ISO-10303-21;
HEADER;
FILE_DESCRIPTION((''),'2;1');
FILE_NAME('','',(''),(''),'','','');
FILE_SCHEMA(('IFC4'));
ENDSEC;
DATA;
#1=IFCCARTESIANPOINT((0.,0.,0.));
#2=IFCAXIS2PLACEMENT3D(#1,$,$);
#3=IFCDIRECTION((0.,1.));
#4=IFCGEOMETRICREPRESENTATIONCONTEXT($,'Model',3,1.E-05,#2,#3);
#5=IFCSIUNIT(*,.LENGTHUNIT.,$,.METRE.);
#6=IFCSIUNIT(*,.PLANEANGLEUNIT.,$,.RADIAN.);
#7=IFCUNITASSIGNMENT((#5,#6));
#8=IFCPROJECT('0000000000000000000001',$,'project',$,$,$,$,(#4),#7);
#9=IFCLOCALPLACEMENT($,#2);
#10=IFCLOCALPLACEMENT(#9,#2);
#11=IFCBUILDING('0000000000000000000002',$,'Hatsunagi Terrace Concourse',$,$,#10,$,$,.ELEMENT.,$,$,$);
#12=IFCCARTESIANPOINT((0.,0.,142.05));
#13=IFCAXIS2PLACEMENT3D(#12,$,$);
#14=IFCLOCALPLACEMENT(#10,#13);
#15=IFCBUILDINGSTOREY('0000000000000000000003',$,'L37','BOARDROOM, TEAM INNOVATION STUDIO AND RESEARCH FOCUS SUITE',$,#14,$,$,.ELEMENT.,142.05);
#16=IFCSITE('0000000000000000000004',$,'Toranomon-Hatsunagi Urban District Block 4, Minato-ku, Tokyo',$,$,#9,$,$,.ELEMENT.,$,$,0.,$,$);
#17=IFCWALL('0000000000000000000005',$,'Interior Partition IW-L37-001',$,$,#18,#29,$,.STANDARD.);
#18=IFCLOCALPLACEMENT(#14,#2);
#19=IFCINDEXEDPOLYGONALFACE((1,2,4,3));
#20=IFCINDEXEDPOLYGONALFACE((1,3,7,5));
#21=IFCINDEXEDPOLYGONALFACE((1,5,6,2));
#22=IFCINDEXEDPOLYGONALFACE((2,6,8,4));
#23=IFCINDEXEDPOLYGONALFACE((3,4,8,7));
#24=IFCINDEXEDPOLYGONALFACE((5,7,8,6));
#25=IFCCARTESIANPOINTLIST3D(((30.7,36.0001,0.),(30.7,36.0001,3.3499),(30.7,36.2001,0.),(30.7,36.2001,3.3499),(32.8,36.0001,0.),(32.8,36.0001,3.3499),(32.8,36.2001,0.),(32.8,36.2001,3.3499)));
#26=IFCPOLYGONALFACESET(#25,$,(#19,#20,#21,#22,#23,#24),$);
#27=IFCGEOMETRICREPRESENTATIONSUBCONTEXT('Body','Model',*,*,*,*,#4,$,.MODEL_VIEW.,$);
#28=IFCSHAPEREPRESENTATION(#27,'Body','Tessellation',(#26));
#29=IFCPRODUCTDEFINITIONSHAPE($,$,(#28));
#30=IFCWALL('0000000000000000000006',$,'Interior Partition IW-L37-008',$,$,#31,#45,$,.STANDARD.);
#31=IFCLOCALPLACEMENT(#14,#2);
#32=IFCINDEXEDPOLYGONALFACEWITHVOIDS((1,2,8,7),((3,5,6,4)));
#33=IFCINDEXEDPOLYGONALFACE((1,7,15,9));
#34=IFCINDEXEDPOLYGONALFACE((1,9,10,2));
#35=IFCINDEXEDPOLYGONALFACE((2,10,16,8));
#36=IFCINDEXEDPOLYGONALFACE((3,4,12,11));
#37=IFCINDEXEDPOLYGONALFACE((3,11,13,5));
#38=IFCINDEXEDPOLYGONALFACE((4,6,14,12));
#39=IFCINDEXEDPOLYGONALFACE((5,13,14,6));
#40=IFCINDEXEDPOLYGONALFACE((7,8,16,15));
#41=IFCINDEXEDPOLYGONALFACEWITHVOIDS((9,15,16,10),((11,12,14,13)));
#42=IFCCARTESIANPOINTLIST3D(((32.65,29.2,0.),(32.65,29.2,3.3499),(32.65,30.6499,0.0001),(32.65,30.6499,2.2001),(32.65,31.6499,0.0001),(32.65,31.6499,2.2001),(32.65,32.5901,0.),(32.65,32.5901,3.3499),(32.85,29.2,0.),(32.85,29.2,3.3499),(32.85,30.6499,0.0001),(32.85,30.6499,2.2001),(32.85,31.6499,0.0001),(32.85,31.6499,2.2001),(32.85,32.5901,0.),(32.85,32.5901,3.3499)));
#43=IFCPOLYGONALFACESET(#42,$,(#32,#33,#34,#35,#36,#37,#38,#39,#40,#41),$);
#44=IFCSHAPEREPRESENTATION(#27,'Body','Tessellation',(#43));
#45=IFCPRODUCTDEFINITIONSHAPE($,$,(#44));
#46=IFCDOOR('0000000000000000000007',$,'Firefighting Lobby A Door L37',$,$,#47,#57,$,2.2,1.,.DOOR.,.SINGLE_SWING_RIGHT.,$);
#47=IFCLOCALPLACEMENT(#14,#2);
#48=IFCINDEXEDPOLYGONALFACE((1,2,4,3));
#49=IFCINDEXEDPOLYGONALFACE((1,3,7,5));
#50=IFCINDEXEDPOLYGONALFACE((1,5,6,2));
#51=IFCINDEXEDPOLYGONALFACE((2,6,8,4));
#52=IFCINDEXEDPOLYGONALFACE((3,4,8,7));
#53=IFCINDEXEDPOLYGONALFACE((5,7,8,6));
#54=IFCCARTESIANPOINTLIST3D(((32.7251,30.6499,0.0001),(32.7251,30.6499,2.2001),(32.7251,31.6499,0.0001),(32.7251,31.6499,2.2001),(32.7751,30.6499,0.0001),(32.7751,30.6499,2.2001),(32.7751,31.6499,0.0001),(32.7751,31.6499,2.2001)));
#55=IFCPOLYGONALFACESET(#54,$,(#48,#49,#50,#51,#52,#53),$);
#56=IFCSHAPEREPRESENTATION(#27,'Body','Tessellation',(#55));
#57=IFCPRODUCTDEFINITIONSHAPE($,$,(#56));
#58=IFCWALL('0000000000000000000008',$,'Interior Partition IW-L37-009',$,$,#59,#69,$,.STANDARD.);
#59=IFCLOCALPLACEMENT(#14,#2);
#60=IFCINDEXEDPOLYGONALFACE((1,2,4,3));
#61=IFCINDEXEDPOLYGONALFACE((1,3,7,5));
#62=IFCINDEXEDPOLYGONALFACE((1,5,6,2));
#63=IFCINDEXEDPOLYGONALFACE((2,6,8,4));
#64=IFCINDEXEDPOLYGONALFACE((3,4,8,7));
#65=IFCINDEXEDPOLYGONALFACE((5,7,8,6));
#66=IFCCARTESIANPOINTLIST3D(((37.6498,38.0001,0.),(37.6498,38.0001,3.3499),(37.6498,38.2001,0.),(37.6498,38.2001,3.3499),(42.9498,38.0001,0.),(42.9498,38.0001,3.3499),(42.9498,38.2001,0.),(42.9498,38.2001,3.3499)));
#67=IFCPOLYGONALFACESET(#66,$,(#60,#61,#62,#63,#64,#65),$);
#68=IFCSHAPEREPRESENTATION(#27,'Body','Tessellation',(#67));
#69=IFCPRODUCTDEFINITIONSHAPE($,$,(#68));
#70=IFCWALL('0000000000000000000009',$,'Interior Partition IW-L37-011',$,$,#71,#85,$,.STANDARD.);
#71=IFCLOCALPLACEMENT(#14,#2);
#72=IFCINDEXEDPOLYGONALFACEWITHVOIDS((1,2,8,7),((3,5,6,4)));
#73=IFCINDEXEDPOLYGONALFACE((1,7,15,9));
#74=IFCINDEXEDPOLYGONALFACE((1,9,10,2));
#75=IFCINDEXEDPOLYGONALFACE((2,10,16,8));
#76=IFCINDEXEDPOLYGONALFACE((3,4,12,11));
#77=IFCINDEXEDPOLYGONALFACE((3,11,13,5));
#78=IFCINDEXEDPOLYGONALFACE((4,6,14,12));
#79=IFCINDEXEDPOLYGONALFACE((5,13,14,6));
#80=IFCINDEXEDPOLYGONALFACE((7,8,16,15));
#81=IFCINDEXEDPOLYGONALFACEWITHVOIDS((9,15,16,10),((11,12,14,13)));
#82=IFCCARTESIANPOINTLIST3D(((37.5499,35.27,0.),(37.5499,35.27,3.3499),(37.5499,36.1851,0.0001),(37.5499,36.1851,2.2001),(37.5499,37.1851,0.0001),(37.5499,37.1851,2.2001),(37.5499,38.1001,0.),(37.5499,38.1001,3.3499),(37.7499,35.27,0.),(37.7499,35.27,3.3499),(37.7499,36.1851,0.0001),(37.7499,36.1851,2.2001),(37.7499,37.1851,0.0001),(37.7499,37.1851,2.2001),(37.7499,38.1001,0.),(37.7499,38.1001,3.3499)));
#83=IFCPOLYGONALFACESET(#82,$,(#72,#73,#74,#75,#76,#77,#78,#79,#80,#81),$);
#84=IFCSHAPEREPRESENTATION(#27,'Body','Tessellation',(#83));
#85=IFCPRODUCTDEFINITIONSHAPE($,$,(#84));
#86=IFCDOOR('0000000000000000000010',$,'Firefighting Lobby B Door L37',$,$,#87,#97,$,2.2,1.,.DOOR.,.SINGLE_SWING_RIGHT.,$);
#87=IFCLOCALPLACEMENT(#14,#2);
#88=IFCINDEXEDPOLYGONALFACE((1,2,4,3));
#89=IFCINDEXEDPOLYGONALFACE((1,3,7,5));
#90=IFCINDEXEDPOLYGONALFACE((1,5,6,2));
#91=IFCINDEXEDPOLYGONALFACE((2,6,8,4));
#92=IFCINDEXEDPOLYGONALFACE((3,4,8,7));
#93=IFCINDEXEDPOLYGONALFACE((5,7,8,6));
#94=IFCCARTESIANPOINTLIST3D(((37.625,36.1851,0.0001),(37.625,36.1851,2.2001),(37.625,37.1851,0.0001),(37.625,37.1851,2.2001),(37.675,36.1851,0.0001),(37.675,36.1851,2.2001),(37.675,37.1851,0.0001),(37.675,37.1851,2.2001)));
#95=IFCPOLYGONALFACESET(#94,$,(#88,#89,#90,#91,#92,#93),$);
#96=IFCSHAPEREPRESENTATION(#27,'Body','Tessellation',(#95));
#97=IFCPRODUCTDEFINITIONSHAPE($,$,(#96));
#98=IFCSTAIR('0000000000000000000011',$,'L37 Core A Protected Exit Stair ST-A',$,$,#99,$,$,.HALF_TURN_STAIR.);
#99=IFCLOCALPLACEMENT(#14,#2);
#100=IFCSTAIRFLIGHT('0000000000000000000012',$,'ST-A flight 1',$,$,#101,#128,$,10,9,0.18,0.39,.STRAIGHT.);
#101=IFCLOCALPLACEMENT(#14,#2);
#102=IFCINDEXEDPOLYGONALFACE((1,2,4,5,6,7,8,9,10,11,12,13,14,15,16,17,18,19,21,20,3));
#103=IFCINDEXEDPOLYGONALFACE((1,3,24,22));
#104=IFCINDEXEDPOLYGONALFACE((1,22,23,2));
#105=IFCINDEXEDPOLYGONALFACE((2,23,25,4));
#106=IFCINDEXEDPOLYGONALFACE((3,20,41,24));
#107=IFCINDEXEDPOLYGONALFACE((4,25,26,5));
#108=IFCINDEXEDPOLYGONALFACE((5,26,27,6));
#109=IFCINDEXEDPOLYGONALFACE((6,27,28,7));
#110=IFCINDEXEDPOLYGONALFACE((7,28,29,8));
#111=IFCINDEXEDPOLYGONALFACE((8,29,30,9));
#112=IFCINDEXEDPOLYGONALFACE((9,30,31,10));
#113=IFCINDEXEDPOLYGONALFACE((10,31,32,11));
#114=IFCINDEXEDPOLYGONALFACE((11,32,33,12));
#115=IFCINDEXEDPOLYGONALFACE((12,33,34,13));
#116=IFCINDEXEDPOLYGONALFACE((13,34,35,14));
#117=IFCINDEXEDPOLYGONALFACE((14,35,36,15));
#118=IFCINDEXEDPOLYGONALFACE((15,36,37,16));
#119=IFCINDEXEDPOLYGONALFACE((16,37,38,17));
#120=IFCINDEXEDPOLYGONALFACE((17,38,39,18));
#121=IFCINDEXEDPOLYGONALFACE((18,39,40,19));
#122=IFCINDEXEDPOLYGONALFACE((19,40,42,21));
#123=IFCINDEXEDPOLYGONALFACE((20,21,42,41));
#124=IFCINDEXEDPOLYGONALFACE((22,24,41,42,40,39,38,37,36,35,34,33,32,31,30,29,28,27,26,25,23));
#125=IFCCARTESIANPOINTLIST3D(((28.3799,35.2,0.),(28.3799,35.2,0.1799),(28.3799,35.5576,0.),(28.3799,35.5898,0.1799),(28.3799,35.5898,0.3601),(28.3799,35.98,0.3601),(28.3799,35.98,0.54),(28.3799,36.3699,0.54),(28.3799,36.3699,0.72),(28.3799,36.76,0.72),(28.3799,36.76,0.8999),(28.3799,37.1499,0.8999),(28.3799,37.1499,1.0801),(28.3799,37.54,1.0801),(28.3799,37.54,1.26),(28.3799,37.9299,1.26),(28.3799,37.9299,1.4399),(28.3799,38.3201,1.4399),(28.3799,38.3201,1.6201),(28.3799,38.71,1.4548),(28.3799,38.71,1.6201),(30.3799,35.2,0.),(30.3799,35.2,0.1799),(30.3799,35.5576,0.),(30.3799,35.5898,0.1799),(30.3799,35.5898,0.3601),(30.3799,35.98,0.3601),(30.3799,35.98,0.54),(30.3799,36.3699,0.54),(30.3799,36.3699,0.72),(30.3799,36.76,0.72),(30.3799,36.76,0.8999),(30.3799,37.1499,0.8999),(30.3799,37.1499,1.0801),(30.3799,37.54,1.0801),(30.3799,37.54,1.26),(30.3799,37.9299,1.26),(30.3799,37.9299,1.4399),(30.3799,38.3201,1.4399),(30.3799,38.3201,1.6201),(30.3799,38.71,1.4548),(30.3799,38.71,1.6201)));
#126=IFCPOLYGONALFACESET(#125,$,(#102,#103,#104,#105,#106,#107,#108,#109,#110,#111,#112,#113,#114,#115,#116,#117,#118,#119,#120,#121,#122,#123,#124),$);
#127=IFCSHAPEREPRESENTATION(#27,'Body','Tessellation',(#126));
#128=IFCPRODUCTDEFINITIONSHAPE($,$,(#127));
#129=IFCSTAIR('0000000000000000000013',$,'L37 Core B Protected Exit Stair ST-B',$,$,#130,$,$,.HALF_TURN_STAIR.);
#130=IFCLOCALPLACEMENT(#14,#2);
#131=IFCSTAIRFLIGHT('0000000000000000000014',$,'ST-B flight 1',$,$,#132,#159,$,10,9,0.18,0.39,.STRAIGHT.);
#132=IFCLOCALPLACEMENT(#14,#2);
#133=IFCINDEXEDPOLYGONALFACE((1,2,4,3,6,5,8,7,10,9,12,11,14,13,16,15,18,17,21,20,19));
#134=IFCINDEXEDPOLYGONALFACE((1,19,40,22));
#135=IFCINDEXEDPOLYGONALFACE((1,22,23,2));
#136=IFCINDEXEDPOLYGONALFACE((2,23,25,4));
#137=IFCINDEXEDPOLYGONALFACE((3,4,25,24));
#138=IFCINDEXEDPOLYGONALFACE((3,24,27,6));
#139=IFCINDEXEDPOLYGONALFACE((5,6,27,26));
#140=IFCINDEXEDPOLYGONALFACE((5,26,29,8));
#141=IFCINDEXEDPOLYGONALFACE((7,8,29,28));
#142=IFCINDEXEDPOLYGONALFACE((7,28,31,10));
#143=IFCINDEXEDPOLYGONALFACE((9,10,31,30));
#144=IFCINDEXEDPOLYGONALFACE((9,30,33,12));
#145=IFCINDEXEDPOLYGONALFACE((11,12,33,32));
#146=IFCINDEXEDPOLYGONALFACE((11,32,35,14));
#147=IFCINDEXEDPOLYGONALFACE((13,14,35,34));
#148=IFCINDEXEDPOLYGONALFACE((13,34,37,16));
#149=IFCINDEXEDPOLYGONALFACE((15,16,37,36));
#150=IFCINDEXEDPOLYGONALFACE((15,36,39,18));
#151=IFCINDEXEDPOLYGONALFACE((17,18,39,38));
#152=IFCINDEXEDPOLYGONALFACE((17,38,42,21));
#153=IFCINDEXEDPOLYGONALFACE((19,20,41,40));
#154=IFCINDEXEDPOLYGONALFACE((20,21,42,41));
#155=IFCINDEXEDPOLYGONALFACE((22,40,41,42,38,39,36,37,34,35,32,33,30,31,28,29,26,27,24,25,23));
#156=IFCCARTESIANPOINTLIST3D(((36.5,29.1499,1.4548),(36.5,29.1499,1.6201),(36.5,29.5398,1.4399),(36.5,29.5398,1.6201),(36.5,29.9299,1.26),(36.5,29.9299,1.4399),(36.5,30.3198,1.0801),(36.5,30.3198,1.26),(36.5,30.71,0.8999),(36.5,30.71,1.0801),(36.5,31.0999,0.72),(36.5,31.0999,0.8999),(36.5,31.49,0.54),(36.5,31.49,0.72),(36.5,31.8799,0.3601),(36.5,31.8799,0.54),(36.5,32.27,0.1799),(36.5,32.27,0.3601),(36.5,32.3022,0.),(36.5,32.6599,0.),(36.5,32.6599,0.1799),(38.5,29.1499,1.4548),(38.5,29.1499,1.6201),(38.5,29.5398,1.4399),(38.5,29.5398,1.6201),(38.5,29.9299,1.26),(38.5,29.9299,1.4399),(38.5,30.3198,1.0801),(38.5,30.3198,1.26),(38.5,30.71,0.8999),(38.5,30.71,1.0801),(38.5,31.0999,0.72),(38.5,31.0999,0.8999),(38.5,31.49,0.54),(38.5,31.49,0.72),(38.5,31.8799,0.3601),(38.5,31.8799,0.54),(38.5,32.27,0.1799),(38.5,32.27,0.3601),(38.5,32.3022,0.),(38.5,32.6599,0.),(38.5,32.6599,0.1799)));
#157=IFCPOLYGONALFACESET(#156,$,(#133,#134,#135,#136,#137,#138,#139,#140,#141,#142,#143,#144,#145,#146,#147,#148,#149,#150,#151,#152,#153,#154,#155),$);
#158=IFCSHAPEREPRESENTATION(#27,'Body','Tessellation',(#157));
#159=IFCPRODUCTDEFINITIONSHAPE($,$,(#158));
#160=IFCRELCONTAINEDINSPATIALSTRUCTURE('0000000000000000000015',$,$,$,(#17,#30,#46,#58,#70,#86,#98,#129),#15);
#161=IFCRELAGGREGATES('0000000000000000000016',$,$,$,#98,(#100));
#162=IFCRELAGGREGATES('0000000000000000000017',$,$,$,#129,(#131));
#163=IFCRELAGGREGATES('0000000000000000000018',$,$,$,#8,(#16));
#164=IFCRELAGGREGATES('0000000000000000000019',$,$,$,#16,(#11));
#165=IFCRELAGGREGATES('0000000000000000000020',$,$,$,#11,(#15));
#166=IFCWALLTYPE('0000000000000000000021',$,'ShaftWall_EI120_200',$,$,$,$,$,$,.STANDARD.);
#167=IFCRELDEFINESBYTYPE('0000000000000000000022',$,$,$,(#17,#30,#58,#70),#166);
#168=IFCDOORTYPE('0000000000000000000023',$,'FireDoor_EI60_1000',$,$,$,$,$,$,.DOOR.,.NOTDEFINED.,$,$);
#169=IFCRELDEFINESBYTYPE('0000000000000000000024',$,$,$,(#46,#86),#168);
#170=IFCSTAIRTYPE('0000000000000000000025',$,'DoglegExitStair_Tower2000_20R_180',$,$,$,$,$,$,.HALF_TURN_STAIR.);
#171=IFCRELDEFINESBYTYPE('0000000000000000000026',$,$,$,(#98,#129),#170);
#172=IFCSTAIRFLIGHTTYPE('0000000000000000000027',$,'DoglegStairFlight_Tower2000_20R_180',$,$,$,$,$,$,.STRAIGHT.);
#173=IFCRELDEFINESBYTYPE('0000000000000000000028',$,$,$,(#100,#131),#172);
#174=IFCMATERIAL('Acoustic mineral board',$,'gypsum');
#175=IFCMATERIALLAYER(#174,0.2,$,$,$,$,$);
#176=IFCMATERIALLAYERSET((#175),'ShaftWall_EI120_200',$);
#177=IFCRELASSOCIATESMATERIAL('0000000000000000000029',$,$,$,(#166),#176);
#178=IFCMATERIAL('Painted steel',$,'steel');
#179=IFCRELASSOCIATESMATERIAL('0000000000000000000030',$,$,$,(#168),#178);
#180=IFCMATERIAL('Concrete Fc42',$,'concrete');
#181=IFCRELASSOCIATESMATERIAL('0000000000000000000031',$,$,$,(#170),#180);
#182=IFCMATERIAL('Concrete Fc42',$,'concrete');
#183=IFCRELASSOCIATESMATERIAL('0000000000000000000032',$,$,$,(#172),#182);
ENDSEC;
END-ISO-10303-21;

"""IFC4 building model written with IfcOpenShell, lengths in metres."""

from ifc_helpers import new_model, si_unit, direction, frame, frame_2d, origin, place, context, subcontext, project, spatial, polyline, rectangle, outline, extrude, material, layer, layer_set, type_object, element, fill, aggregate, save


model = new_model("IFC4")

# Units and contexts
model_context = context("Model", 3, precision=1e-05, world=origin(), true_north=direction((0.0, 1.0)))
body_context = subcontext(model_context, "Body", "Model", "MODEL_VIEW")
ifc_project = project(units=[si_unit("LENGTHUNIT", "METRE"), si_unit("PLANEANGLEUNIT", "RADIAN")], contexts=[model_context])

# Site, building, storey
site_placement = place(None, origin())
site = spatial("IfcSite", under=ifc_project, at=site_placement, Name="Toranomon-Hatsunagi Urban District Block 4, Minato-ku, Tokyo", CompositionType="ELEMENT", RefElevation=0.0)
building_placement = place(site_placement, origin())
building = spatial("IfcBuilding", under=site, at=building_placement, Name="Hatsunagi Terrace Concourse", CompositionType="ELEMENT")
storey_placement = place(building_placement, frame((0.0, 0.0, 142.05)))
storey = spatial("IfcBuildingStorey", under=building, at=storey_placement, Name="L37", Description="BOARDROOM, TEAM INNOVATION STUDIO AND RESEARCH FOCUS SUITE", CompositionType="ELEMENT", Elevation=142.05)

# Wall
ifc_material_1 = material(Name="Acoustic mineral board", Category="gypsum")
ifc_layer_1 = layer(ifc_material_1, 0.2)
ifc_layer_set_1 = layer_set([ifc_layer_1], Name="ShaftWall_EI120_200")
wall_type_1 = type_object("IfcWallType", Name="ShaftWall_EI120_200", PredefinedType="STANDARD", material=ifc_layer_set_1)
wall_1_placement = place(storey_placement, frame((30.7, 36.1001, 0.0), z_axis=(0.0, 0.0, 1.0), x_axis=(1.0, 0.0, 0.0)))
element("IfcWall", 1, at=wall_1_placement, inside=storey, type_object=wall_type_1, Name="Interior Partition IW-L37-001", PredefinedType="STANDARD", context=body_context, shape_type="SweptSolid", body=[
    extrude(rectangle(XDim=2.1001, YDim=0.2, at=frame_2d((1.05, 0.0))), origin(), (0.0, 0.0, 1.0), 3.3499),
])

# Wall, opening, door
wall_2_placement = place(storey_placement, frame((32.75, 29.2, 0.0), z_axis=(0.0, 0.0, 1.0), x_axis=(0.0, 1.0, 0.0)))
wall_2 = element("IfcWall", 2, at=wall_2_placement, inside=storey, type_object=wall_type_1, Name="Interior Partition IW-L37-008", PredefinedType="STANDARD", context=body_context, shape_type="SweptSolid", body=[
    extrude(rectangle(XDim=3.3901, YDim=0.2, at=frame_2d((1.6951, 0.0))), origin(), (0.0, 0.0, 1.0), 3.3499),
])
opening_1_placement = place(wall_2_placement, frame((1.45, 0.0, 0.0)))
opening_1 = element("IfcOpeningElement", 3, at=opening_1_placement, cuts=wall_2, PredefinedType="OPENING", context=body_context, shape_type="SweptSolid", body=[
    extrude(rectangle(XDim=1.0, YDim=2.2, at=frame_2d((0.5, 1.1001))), frame((0.0, 0.1099, 0.0), z_axis=(0.0, -1.0, 0.0), x_axis=(1.0, 0.0, 0.0)), (0.0, 0.0, 1.0), 0.22),
])
ifc_material_2 = material(Name="Painted steel", Category="steel")
door_type_1 = type_object("IfcDoorType", Name="FireDoor_EI60_1000", OperationType="NOTDEFINED", PredefinedType="DOOR", material=ifc_material_2)
door_1_placement = place(opening_1_placement, origin())
door_1 = element("IfcDoor", 4, at=door_1_placement, inside=storey, type_object=door_type_1, Name="Firefighting Lobby A Door L37", OperationType="SINGLE_SWING_RIGHT", OverallHeight=2.2, OverallWidth=1.0, PredefinedType="DOOR", context=body_context, shape_type="SweptSolid", body=[
    extrude(rectangle(XDim=1.0, YDim=2.2, at=frame_2d((0.5, 1.1001))), frame((0.0, 0.0249, 0.0), z_axis=(0.0, -1.0, 0.0), x_axis=(1.0, 0.0, 0.0)), (0.0, 0.0, 1.0), 0.05),
])
fill(opening_1, door_1)

# Wall
wall_3_placement = place(storey_placement, frame((37.6499, 38.1001, 0.0), z_axis=(0.0, 0.0, 1.0), x_axis=(1.0, 0.0, 0.0)))
element("IfcWall", 5, at=wall_3_placement, inside=storey, type_object=wall_type_1, Name="Interior Partition IW-L37-009", PredefinedType="STANDARD", context=body_context, shape_type="SweptSolid", body=[
    extrude(rectangle(XDim=5.3, YDim=0.2, at=frame_2d((2.6499, 0.0))), origin(), (0.0, 0.0, 1.0), 3.3499),
])

# Wall, opening, door
wall_4_placement = place(storey_placement, frame((37.6499, 35.27, 0.0), z_axis=(0.0, 0.0, 1.0), x_axis=(0.0, 1.0, 0.0)))
wall_4 = element("IfcWall", 6, at=wall_4_placement, inside=storey, type_object=wall_type_1, Name="Interior Partition IW-L37-011", PredefinedType="STANDARD", context=body_context, shape_type="SweptSolid", body=[
    extrude(rectangle(XDim=2.8301, YDim=0.2, at=frame_2d((1.415, 0.0))), origin(), (0.0, 0.0, 1.0), 3.3499),
])
opening_2_placement = place(wall_4_placement, frame((0.915, 0.0, 0.0)))
opening_2 = element("IfcOpeningElement", 7, at=opening_2_placement, cuts=wall_4, PredefinedType="OPENING", context=body_context, shape_type="SweptSolid", body=[
    extrude(rectangle(XDim=1.0, YDim=2.2, at=frame_2d((0.5, 1.1001))), frame((0.0, 0.1099, 0.0), z_axis=(0.0, -1.0, 0.0), x_axis=(1.0, 0.0, 0.0)), (0.0, 0.0, 1.0), 0.22),
])
door_2_placement = place(opening_2_placement, origin())
door_2 = element("IfcDoor", 8, at=door_2_placement, inside=storey, type_object=door_type_1, Name="Firefighting Lobby B Door L37", OperationType="SINGLE_SWING_RIGHT", OverallHeight=2.2, OverallWidth=1.0, PredefinedType="DOOR", context=body_context, shape_type="SweptSolid", body=[
    extrude(rectangle(XDim=1.0, YDim=2.2, at=frame_2d((0.5, 1.1001))), frame((0.0, 0.0249, 0.0), z_axis=(0.0, -1.0, 0.0), x_axis=(1.0, 0.0, 0.0)), (0.0, 0.0, 1.0), 0.05),
])
fill(opening_2, door_2)

# Stairs, stair flights
ifc_material_3 = material(Name="Concrete Fc42", Category="concrete")
stair_type = type_object("IfcStairType", Name="DoglegExitStair_Tower2000_20R_180", PredefinedType="HALF_TURN_STAIR", material=ifc_material_3)
stair_1_placement = place(storey_placement, origin())
stair_1 = element("IfcStair", 9, at=stair_1_placement, inside=storey, type_object=stair_type, Name="L37 Core A Protected Exit Stair ST-A", PredefinedType="HALF_TURN_STAIR")
ifc_material_4 = material(Name="Concrete Fc42", Category="concrete")
stair_flight_type = type_object("IfcStairFlightType", Name="DoglegStairFlight_Tower2000_20R_180", PredefinedType="STRAIGHT", material=ifc_material_4)
stair_flight_1_placement = place(storey_placement, frame((29.3799, 35.2, 0.0), z_axis=(0.0, 0.0, 1.0), x_axis=(0.0, 1.0, 0.0)))
stair_flight_1 = element("IfcStairFlight", 10, at=stair_flight_1_placement, type_object=stair_flight_type, Name="ST-A flight 1", NumberOfRisers=10, NumberOfTreads=9, PredefinedType="STRAIGHT", RiserHeight=0.18, TreadLength=0.39, context=body_context, shape_type="SweptSolid", body=[
    extrude(outline(polyline([(0.0, 0.0), (0.0, 0.1799), (0.3899, 0.1799), (0.3899, 0.3601), (0.78, 0.3601), (0.78, 0.54), (1.1699, 0.54), (1.1699, 0.72), (1.5601, 0.72), (1.5601, 0.8999), (1.95, 0.8999), (1.95, 1.0801), (2.3401, 1.0801), (2.3401, 1.26), (2.73, 1.26), (2.73, 1.4399), (3.1201, 1.4399), (3.1201, 1.6201), (3.51, 1.6201), (3.51, 1.8), (3.51, 1.4548), (0.3577, 0.0), (0.0, 0.0)])), frame((0.0, 1.0, 0.0), z_axis=(0.0, -1.0, 0.0), x_axis=(1.0, 0.0, 0.0)), (0.0, 0.0, 1.0), 2.0),
])
aggregate(stair_1, [stair_flight_1])
stair_2_placement = place(storey_placement, origin())
stair_2 = element("IfcStair", 11, at=stair_2_placement, inside=storey, type_object=stair_type, Name="L37 Core B Protected Exit Stair ST-B", PredefinedType="HALF_TURN_STAIR")
stair_flight_2_placement = place(storey_placement, frame((37.5, 32.6599, 0.0), z_axis=(0.0, 0.0, 1.0), x_axis=(0.0, -1.0, 0.0)))
stair_flight_2 = element("IfcStairFlight", 12, at=stair_flight_2_placement, type_object=stair_flight_type, Name="ST-B flight 1", NumberOfRisers=10, NumberOfTreads=9, PredefinedType="STRAIGHT", RiserHeight=0.18, TreadLength=0.39, context=body_context, shape_type="SweptSolid", body=[
    extrude(outline(polyline([(0.0, 0.0), (0.0, 0.1799), (0.3899, 0.1799), (0.3899, 0.3601), (0.78, 0.3601), (0.78, 0.54), (1.1699, 0.54), (1.1699, 0.72), (1.5601, 0.72), (1.5601, 0.8999), (1.95, 0.8999), (1.95, 1.0801), (2.3401, 1.0801), (2.3401, 1.26), (2.73, 1.26), (2.73, 1.4399), (3.1201, 1.4399), (3.1201, 1.6201), (3.51, 1.6201), (3.51, 1.8), (3.51, 1.4548), (0.3577, 0.0), (0.0, 0.0)])), frame((0.0, 1.0, 0.0), z_axis=(0.0, -1.0, 0.0), x_axis=(1.0, 0.0, 0.0)), (0.0, 0.0, 1.0), 2.0),
])
aggregate(stair_2, [stair_flight_2])

save(model, "model.ifc")
